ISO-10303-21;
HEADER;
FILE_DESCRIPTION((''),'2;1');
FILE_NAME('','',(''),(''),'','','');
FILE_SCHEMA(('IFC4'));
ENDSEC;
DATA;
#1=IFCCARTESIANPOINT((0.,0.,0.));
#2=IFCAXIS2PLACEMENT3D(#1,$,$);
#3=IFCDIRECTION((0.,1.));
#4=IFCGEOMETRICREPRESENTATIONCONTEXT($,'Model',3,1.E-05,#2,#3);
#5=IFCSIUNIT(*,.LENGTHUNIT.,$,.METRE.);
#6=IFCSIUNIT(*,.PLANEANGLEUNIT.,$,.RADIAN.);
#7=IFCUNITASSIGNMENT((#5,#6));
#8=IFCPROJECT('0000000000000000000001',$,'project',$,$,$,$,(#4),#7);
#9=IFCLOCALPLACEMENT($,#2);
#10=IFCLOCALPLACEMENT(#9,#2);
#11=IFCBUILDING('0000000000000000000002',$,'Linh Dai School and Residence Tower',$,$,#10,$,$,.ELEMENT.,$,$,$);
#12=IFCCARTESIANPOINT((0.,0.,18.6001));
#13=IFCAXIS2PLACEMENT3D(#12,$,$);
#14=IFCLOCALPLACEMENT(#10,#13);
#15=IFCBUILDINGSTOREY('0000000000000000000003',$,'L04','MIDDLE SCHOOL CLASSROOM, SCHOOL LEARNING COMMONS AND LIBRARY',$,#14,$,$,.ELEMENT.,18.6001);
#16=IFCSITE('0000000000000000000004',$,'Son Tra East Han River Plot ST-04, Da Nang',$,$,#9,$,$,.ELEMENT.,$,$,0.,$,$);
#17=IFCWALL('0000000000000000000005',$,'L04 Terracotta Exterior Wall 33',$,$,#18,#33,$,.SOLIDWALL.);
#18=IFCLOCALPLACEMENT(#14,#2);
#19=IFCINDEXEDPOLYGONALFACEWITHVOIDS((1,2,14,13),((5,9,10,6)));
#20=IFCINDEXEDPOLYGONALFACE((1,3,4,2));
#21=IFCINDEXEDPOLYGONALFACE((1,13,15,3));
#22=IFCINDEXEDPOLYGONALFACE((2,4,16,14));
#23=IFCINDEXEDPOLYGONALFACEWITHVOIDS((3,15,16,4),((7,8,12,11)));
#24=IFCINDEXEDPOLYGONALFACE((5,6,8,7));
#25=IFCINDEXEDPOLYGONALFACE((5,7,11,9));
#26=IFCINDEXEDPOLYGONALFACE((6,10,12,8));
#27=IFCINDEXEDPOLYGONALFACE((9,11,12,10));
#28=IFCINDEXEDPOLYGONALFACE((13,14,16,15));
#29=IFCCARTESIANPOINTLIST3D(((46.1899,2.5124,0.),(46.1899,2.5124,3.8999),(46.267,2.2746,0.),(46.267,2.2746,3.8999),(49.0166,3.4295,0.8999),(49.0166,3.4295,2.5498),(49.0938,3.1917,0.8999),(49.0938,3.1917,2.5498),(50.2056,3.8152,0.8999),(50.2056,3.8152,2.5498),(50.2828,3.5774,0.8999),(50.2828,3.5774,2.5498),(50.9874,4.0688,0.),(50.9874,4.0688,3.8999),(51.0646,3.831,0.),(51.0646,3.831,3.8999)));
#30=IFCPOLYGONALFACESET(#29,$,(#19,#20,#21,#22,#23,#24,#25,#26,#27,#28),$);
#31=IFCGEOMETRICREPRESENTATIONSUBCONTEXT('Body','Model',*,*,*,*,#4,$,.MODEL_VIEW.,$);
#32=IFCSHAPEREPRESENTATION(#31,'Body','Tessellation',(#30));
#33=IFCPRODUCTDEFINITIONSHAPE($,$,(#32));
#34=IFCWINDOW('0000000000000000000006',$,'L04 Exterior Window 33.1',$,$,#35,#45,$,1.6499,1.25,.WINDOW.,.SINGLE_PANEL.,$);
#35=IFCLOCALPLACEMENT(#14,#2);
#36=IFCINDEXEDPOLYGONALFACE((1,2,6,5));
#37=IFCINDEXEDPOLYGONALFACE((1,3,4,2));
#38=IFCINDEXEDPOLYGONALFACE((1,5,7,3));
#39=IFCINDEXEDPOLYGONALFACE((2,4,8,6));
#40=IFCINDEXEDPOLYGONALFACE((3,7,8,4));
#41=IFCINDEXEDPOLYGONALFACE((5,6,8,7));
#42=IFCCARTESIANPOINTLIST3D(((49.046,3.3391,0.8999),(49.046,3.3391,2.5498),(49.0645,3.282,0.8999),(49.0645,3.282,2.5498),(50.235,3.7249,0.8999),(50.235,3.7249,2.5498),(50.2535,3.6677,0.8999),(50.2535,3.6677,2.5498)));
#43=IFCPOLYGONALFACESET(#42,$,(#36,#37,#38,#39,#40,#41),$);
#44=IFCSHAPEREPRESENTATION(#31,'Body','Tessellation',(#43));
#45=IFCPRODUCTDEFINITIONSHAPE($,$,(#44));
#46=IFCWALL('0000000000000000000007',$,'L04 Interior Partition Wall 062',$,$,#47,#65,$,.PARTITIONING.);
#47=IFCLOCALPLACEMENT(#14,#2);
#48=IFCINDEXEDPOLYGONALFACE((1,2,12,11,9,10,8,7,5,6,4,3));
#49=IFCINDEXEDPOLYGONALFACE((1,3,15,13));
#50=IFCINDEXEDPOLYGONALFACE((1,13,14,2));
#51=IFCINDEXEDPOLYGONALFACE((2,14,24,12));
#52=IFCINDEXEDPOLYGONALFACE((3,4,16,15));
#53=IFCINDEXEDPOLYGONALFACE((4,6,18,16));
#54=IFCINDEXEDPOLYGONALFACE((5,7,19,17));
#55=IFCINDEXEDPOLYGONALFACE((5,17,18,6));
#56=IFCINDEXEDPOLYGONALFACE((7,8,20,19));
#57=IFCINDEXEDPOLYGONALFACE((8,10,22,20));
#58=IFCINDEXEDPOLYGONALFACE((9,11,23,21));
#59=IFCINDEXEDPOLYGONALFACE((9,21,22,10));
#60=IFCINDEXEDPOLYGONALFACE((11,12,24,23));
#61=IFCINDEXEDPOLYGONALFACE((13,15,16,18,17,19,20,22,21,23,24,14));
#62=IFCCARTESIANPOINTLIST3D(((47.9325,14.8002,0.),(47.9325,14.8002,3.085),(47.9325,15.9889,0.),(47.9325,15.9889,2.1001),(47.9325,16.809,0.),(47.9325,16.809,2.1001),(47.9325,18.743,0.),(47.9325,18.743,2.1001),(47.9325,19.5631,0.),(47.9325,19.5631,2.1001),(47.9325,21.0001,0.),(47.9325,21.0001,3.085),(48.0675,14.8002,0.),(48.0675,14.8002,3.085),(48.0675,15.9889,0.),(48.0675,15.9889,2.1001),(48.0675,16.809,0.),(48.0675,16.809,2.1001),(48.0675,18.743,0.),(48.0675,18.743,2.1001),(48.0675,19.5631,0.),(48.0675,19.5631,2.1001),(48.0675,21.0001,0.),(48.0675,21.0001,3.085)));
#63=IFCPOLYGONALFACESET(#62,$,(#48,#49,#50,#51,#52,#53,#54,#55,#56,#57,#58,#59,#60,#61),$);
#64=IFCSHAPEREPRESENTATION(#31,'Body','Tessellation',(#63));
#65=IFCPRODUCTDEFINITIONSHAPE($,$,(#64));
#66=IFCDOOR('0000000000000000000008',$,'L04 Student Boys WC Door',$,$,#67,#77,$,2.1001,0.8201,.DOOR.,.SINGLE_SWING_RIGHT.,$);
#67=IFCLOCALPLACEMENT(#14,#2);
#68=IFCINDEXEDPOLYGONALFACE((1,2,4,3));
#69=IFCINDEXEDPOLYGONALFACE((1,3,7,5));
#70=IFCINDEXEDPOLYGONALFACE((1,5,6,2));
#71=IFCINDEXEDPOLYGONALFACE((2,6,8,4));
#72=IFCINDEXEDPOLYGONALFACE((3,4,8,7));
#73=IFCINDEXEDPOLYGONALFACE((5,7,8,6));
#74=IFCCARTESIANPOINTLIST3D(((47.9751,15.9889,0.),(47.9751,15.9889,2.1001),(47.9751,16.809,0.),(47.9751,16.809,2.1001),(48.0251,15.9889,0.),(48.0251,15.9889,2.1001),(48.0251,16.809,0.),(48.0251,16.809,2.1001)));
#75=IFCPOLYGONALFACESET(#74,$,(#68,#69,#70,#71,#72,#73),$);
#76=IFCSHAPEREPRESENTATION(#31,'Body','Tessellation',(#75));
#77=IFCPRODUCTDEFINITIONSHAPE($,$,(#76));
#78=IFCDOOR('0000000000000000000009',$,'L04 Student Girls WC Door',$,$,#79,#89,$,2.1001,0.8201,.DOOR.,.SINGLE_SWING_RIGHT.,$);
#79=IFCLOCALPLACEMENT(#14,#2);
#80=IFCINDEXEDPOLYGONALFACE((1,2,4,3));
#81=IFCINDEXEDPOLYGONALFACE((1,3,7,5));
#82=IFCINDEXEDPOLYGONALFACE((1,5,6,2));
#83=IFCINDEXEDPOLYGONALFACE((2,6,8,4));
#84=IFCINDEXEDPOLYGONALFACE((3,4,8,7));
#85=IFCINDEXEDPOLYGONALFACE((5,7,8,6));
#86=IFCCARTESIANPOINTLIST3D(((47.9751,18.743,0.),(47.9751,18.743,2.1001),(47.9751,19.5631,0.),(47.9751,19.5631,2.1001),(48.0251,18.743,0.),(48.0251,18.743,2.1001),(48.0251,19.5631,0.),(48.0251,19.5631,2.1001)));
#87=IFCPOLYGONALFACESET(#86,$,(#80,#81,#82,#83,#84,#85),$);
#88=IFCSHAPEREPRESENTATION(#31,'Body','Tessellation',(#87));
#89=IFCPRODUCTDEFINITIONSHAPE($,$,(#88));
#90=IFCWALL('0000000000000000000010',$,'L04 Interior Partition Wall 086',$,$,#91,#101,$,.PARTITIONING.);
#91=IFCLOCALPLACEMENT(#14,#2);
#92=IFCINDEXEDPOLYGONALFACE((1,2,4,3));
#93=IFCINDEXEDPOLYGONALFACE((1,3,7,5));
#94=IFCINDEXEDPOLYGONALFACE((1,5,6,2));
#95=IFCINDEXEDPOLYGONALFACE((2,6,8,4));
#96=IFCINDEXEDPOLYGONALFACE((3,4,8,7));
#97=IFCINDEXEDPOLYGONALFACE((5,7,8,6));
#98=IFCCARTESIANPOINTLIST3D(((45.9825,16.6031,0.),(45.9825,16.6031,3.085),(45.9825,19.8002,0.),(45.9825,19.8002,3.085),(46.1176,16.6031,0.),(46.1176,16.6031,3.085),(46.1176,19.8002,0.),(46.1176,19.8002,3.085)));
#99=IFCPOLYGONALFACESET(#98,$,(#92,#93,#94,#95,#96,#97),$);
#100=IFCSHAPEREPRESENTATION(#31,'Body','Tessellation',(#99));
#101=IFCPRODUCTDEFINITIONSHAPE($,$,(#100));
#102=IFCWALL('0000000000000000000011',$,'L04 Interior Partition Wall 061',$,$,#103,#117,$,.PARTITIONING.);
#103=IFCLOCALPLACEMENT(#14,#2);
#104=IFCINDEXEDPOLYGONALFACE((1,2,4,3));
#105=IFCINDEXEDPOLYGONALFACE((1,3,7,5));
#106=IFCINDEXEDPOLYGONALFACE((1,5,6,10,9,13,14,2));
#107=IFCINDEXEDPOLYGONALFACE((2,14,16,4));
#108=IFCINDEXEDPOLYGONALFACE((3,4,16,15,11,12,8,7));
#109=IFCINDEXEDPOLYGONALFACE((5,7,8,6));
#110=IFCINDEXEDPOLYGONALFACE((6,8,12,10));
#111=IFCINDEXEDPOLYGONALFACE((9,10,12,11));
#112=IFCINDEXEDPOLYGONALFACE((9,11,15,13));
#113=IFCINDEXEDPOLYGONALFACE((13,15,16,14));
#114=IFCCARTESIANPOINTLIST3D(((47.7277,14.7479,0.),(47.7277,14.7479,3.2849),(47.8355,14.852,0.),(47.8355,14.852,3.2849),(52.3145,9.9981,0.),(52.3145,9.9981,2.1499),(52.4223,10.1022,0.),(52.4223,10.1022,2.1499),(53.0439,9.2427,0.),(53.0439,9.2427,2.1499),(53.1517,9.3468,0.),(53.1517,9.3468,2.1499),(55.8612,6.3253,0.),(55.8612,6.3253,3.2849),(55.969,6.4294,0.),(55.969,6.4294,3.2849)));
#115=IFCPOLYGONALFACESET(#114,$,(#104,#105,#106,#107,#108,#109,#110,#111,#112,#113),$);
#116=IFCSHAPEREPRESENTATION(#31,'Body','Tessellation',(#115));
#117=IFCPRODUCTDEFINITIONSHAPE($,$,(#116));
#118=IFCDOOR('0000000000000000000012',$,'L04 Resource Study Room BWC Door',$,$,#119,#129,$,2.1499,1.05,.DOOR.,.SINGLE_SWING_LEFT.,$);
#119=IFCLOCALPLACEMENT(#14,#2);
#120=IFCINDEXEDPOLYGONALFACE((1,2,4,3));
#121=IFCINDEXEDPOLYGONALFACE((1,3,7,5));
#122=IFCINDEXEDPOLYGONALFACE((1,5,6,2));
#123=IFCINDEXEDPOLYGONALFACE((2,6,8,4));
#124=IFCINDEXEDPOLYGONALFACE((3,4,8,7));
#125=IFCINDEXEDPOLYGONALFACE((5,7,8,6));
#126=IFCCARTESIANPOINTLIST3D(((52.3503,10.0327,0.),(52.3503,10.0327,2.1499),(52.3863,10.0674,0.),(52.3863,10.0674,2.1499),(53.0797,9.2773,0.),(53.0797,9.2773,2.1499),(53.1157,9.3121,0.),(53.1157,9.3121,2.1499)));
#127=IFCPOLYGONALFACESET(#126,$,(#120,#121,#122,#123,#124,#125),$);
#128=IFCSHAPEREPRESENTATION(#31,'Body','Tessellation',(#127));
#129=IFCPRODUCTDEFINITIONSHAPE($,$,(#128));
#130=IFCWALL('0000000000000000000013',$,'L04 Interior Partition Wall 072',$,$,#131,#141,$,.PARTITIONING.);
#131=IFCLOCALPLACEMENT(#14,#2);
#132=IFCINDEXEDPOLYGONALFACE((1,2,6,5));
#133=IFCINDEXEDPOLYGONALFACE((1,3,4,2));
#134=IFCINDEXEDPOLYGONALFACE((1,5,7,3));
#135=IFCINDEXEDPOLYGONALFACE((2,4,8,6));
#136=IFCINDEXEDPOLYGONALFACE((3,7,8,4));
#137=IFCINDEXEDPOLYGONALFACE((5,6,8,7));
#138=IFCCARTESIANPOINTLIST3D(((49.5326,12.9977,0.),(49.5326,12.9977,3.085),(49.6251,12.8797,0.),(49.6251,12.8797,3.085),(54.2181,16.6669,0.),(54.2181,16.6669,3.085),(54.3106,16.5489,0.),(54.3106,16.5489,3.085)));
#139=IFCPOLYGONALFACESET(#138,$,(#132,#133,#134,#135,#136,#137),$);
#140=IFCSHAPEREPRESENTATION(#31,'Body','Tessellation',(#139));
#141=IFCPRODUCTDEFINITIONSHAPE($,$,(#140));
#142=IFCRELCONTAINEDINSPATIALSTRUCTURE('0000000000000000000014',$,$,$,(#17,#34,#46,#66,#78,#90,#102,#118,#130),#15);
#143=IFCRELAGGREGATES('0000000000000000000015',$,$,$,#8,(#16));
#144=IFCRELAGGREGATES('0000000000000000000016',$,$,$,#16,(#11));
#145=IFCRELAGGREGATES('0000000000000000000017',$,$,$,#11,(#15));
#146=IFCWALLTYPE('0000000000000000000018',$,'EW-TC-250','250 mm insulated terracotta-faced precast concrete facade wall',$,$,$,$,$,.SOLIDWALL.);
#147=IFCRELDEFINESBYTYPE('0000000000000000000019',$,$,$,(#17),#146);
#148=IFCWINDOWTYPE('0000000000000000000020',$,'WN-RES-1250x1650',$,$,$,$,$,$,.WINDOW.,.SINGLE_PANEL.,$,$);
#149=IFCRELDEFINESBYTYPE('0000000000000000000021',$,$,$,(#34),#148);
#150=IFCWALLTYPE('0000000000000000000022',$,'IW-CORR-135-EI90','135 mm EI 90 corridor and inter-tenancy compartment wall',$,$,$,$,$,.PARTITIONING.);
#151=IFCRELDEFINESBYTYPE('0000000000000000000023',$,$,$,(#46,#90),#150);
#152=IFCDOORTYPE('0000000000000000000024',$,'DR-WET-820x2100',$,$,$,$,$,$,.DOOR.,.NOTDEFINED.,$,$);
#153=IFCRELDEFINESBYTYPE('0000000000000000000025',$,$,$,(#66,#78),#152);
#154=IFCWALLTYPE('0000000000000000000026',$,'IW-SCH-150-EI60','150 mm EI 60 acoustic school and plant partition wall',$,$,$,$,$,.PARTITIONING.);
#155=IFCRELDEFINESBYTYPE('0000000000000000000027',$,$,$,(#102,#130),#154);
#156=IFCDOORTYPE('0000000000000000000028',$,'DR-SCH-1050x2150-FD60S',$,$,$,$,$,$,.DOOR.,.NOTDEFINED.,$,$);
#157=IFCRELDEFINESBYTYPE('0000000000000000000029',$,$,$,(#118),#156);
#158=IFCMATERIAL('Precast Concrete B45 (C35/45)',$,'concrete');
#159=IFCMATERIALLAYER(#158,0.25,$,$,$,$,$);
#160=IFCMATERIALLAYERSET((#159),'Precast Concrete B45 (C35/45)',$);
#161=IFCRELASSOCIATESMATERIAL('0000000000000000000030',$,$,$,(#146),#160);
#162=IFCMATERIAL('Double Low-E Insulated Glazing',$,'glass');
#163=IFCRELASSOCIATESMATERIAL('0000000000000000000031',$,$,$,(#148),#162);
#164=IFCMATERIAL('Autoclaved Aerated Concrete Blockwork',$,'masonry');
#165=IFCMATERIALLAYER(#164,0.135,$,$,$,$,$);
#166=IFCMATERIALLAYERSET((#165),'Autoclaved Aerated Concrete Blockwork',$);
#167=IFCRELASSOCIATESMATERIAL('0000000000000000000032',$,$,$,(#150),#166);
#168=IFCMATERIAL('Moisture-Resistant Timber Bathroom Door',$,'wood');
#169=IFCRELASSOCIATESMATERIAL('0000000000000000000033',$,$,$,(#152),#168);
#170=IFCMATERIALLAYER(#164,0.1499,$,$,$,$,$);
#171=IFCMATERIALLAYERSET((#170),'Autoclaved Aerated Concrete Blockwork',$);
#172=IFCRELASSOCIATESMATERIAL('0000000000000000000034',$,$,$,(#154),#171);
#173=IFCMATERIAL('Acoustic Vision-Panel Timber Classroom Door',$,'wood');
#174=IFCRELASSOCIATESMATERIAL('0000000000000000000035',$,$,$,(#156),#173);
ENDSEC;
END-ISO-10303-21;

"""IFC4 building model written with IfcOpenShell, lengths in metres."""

from ifc_helpers import new_model, si_unit, direction, frame, frame_2d, origin, origin_2d, place, context, subcontext, project, spatial, rectangle, extrude, source, transform, mapped, material, layer, layer_set, type_object, element, fill, save


model = new_model("IFC4")

# Units and contexts
model_context = context("Model", 3, precision=1e-05, world=origin(), true_north=direction((0.0, 1.0)))
body_context = subcontext(model_context, "Body", "Model", "MODEL_VIEW")
ifc_project = project(units=[si_unit("LENGTHUNIT", "METRE"), si_unit("PLANEANGLEUNIT", "RADIAN")], contexts=[model_context])

# Site, building, storey
site_placement = place(None, origin())
site = spatial("IfcSite", under=ifc_project, at=site_placement, Name="Son Tra East Han River Plot ST-04, Da Nang", CompositionType="ELEMENT", RefElevation=0.0)
building_placement = place(site_placement, origin())
building = spatial("IfcBuilding", under=site, at=building_placement, Name="Linh Dai School and Residence Tower", CompositionType="ELEMENT")
storey_placement = place(building_placement, frame((0.0, 0.0, 18.6001)))
storey = spatial("IfcBuildingStorey", under=building, at=storey_placement, Name="L04", Description="MIDDLE SCHOOL CLASSROOM, SCHOOL LEARNING COMMONS AND LIBRARY", CompositionType="ELEMENT", Elevation=18.6001)

# Shared definitions
ifc_material_1 = material(Name="Double Low-E Insulated Glazing", Category="glass")

# Wall, opening, window
ifc_material_2 = material(Name="Precast Concrete B45 (C35/45)", Category="concrete")
ifc_layer_1 = layer(ifc_material_2, 0.25)
ifc_layer_set_1 = layer_set([ifc_layer_1], Name="Precast Concrete B45 (C35/45)")
wall_type_1 = type_object("IfcWallType", Name="EW-TC-250", Description="250 mm insulated terracotta-faced precast concrete facade wall", PredefinedType="SOLIDWALL", material=ifc_layer_set_1)
wall_1_placement = place(storey_placement, frame((51.0261, 3.95, 0.0), z_axis=(0.0, 0.0, 1.0), x_axis=(-0.951199, -0.308579, 0.0)))
wall_1 = element("IfcWall", 1, at=wall_1_placement, inside=storey, type_object=wall_type_1, Name="L04 Terracotta Exterior Wall 33", PredefinedType="SOLIDWALL", context=body_context, shape_type="SweptSolid", body=[
    extrude(rectangle(XDim=5.0437, YDim=0.25, at=frame_2d((2.522, 0.0))), origin(), (0.0, 0.0, 1.0), 3.8999),
])
opening_1_placement = place(wall_1_placement, frame((0.822, 0.0, 0.8999)))
opening_1 = element("IfcOpeningElement", 2, at=opening_1_placement, cuts=wall_1, PredefinedType="OPENING", context=body_context, shape_type="SweptSolid", body=[
    extrude(rectangle(XDim=1.25, YDim=1.6499, at=origin_2d()), frame((0.625, 0.135, 0.825), z_axis=(0.0, -1.0, 0.0), x_axis=(1.0, 0.0, 0.0)), (0.0, 0.0, 1.0), 0.27),
])
window_type_1 = type_object("IfcWindowType", Name="WN-RES-1250x1650", PartitioningType="SINGLE_PANEL", PredefinedType="WINDOW", material=ifc_material_1)
shared_shape_1 = source(origin(), body_context, "Body", "SweptSolid", [
    extrude(rectangle(XDim=1.25, YDim=1.6499, at=origin_2d()), frame((0.625, 0.03, 0.825), z_axis=(0.0, -1.0, 0.0), x_axis=(1.0, 0.0, 0.0)), (0.0, 0.0, 1.0), 0.0601),
])
window_1_placement = place(opening_1_placement, origin())
window_1 = element("IfcWindow", 3, at=window_1_placement, inside=storey, type_object=window_type_1, Name="L04 Exterior Window 33.1", OverallHeight=1.6499, OverallWidth=1.25, PartitioningType="SINGLE_PANEL", PredefinedType="WINDOW", context=body_context, shape_type="MappedRepresentation", body=[
    mapped(shared_shape_1, transform((0.0, 0.0, 0.0), x_axis=(1.0, 0.0, 0.0), y_axis=(0.0, 1.0, 0.0), z_axis=(0.0, 0.0, 1.0), scale=1.0)),
])
fill(opening_1, window_1)

# Wall, openings, doors
ifc_material_3 = material(Name="Autoclaved Aerated Concrete Blockwork", Category="masonry")
ifc_layer_2 = layer(ifc_material_3, 0.135)
ifc_layer_set_2 = layer_set([ifc_layer_2], Name="Autoclaved Aerated Concrete Blockwork")
wall_type_2 = type_object("IfcWallType", Name="IW-CORR-135-EI90", Description="135 mm EI 90 corridor and inter-tenancy compartment wall", PredefinedType="PARTITIONING", material=ifc_layer_set_2)
wall_2_placement = place(storey_placement, frame((48.0, 14.8, 0.0), z_axis=(0.0, 0.0, 1.0), x_axis=(0.0, 1.0, 0.0)))
wall_2 = element("IfcWall", 4, at=wall_2_placement, inside=storey, type_object=wall_type_2, Name="L04 Interior Partition Wall 062", PredefinedType="PARTITIONING", context=body_context, shape_type="SweptSolid", body=[
    extrude(rectangle(XDim=6.2, YDim=0.135, at=frame_2d((3.1001, 0.0))), origin(), (0.0, 0.0, 1.0), 3.085),
])
opening_2_placement = place(wall_2_placement, frame((1.1887, 0.0, 0.0)))
opening_2 = element("IfcOpeningElement", 5, at=opening_2_placement, cuts=wall_2, PredefinedType="OPENING", context=body_context, shape_type="SweptSolid", body=[
    extrude(rectangle(XDim=0.8201, YDim=2.1001, at=origin_2d()), frame((0.4102, 0.0776, 1.05), z_axis=(0.0, -1.0, 0.0), x_axis=(1.0, 0.0, 0.0)), (0.0, 0.0, 1.0), 0.155),
])
opening_3_placement = place(wall_2_placement, frame((3.9429, 0.0, 0.0)))
opening_3 = element("IfcOpeningElement", 6, at=opening_3_placement, cuts=wall_2, PredefinedType="OPENING", context=body_context, shape_type="SweptSolid", body=[
    extrude(rectangle(XDim=0.8201, YDim=2.1001, at=origin_2d()), frame((0.4102, 0.0776, 1.05), z_axis=(0.0, -1.0, 0.0), x_axis=(1.0, 0.0, 0.0)), (0.0, 0.0, 1.0), 0.155),
])
ifc_material_4 = material(Name="Moisture-Resistant Timber Bathroom Door", Category="wood")
door_type_1 = type_object("IfcDoorType", Name="DR-WET-820x2100", OperationType="NOTDEFINED", PredefinedType="DOOR", material=ifc_material_4)
shared_shape_2 = source(origin(), body_context, "Body", "SweptSolid", [
    extrude(rectangle(XDim=0.8201, YDim=2.1001, at=origin_2d()), frame((0.4102, 0.0249, 1.05), z_axis=(0.0, -1.0, 0.0), x_axis=(1.0, 0.0, 0.0)), (0.0, 0.0, 1.0), 0.05),
])
door_1_placement = place(opening_2_placement, origin())
door_1 = element("IfcDoor", 7, at=door_1_placement, inside=storey, type_object=door_type_1, Name="L04 Student Boys WC Door", OperationType="SINGLE_SWING_RIGHT", OverallHeight=2.1001, OverallWidth=0.8201, PredefinedType="DOOR", context=body_context, shape_type="MappedRepresentation", body=[
    mapped(shared_shape_2, transform((0.0, 0.0, 0.0), x_axis=(1.0, 0.0, 0.0), y_axis=(0.0, 1.0, 0.0), z_axis=(0.0, 0.0, 1.0), scale=1.0)),
])
fill(opening_2, door_1)
door_2_placement = place(opening_3_placement, origin())
door_2 = element("IfcDoor", 8, at=door_2_placement, inside=storey, type_object=door_type_1, Name="L04 Student Girls WC Door", OperationType="SINGLE_SWING_RIGHT", OverallHeight=2.1001, OverallWidth=0.8201, PredefinedType="DOOR", context=body_context, shape_type="MappedRepresentation", body=[
    mapped(shared_shape_2, transform((0.0, 0.0, 0.0), x_axis=(1.0, 0.0, 0.0), y_axis=(0.0, 1.0, 0.0), z_axis=(0.0, 0.0, 1.0), scale=1.0)),
])
fill(opening_3, door_2)

# Wall
wall_3_placement = place(storey_placement, frame((46.05, 16.603, 0.0), z_axis=(0.0, 0.0, 1.0), x_axis=(0.0, 1.0, 0.0)))
element("IfcWall", 9, at=wall_3_placement, inside=storey, type_object=wall_type_2, Name="L04 Interior Partition Wall 086", PredefinedType="PARTITIONING", context=body_context, shape_type="SweptSolid", body=[
    extrude(rectangle(XDim=3.197, YDim=0.135, at=frame_2d((1.5986, 0.0))), origin(), (0.0, 0.0, 1.0), 3.085),
])

# Wall, opening, door
ifc_layer_3 = layer(ifc_material_3, 0.1499)
ifc_layer_set_3 = layer_set([ifc_layer_3], Name="Autoclaved Aerated Concrete Blockwork")
wall_type_3 = type_object("IfcWallType", Name="IW-SCH-150-EI60", Description="150 mm EI 60 acoustic school and plant partition wall", PredefinedType="PARTITIONING", material=ifc_layer_set_3)
wall_4_placement = place(storey_placement, frame((47.7815, 14.8, 0.0), z_axis=(0.0, 0.0, 1.0), x_axis=(0.694655, -0.719343, 0.0)))
wall_4 = element("IfcWall", 10, at=wall_4_placement, inside=storey, type_object=wall_type_3, Name="L04 Interior Partition Wall 061", PredefinedType="PARTITIONING", context=body_context, shape_type="SweptSolid", body=[
    extrude(rectangle(XDim=11.7087, YDim=0.1499, at=frame_2d((5.8545, 0.0))), origin(), (0.0, 0.0, 1.0), 3.2849),
])
opening_4_placement = place(wall_4_placement, frame((6.6033, 0.0, 0.0)))
opening_4 = element("IfcOpeningElement", 11, at=opening_4_placement, cuts=wall_4, PredefinedType="OPENING", context=body_context, shape_type="SweptSolid", body=[
    extrude(rectangle(XDim=1.05, YDim=2.1499, at=origin_2d()), frame((0.5249, 0.085, 1.075), z_axis=(0.0, -1.0, 0.0), x_axis=(1.0, 0.0, 0.0)), (0.0, 0.0, 1.0), 0.1699),
])
ifc_material_5 = material(Name="Acoustic Vision-Panel Timber Classroom Door", Category="wood")
door_type_2 = type_object("IfcDoorType", Name="DR-SCH-1050x2150-FD60S", OperationType="NOTDEFINED", PredefinedType="DOOR", material=ifc_material_5)
shared_shape_3 = source(origin(), body_context, "Body", "SweptSolid", [
    extrude(rectangle(XDim=1.05, YDim=2.1499, at=origin_2d()), frame((0.5249, 0.0249, 1.075), z_axis=(0.0, -1.0, 0.0), x_axis=(1.0, 0.0, 0.0)), (0.0, 0.0, 1.0), 0.05),
])
door_3_placement = place(opening_4_placement, origin())
door_3 = element("IfcDoor", 12, at=door_3_placement, inside=storey, type_object=door_type_2, Name="L04 Resource Study Room BWC Door", OperationType="SINGLE_SWING_LEFT", OverallHeight=2.1499, OverallWidth=1.05, PredefinedType="DOOR", context=body_context, shape_type="MappedRepresentation", body=[
    mapped(shared_shape_3, transform((0.0, 0.0, 0.0), x_axis=(1.0, 0.0, 0.0), y_axis=(0.0, 1.0, 0.0), z_axis=(0.0, 0.0, 1.0), scale=1.0)),
])
fill(opening_4, door_3)

# Wall
wall_5_placement = place(storey_placement, frame((49.5789, 12.9387, 0.0), z_axis=(0.0, 0.0, 1.0), x_axis=(0.787322, 0.616542, 0.0)))
element("IfcWall", 13, at=wall_5_placement, inside=storey, type_object=wall_type_3, Name="L04 Interior Partition Wall 072", PredefinedType="PARTITIONING", context=body_context, shape_type="SweptSolid", body=[
    extrude(rectangle(XDim=5.9512, YDim=0.1499, at=frame_2d((2.9756, 0.0))), origin(), (0.0, 0.0, 1.0), 3.085),
])

save(model, "model.ifc")
